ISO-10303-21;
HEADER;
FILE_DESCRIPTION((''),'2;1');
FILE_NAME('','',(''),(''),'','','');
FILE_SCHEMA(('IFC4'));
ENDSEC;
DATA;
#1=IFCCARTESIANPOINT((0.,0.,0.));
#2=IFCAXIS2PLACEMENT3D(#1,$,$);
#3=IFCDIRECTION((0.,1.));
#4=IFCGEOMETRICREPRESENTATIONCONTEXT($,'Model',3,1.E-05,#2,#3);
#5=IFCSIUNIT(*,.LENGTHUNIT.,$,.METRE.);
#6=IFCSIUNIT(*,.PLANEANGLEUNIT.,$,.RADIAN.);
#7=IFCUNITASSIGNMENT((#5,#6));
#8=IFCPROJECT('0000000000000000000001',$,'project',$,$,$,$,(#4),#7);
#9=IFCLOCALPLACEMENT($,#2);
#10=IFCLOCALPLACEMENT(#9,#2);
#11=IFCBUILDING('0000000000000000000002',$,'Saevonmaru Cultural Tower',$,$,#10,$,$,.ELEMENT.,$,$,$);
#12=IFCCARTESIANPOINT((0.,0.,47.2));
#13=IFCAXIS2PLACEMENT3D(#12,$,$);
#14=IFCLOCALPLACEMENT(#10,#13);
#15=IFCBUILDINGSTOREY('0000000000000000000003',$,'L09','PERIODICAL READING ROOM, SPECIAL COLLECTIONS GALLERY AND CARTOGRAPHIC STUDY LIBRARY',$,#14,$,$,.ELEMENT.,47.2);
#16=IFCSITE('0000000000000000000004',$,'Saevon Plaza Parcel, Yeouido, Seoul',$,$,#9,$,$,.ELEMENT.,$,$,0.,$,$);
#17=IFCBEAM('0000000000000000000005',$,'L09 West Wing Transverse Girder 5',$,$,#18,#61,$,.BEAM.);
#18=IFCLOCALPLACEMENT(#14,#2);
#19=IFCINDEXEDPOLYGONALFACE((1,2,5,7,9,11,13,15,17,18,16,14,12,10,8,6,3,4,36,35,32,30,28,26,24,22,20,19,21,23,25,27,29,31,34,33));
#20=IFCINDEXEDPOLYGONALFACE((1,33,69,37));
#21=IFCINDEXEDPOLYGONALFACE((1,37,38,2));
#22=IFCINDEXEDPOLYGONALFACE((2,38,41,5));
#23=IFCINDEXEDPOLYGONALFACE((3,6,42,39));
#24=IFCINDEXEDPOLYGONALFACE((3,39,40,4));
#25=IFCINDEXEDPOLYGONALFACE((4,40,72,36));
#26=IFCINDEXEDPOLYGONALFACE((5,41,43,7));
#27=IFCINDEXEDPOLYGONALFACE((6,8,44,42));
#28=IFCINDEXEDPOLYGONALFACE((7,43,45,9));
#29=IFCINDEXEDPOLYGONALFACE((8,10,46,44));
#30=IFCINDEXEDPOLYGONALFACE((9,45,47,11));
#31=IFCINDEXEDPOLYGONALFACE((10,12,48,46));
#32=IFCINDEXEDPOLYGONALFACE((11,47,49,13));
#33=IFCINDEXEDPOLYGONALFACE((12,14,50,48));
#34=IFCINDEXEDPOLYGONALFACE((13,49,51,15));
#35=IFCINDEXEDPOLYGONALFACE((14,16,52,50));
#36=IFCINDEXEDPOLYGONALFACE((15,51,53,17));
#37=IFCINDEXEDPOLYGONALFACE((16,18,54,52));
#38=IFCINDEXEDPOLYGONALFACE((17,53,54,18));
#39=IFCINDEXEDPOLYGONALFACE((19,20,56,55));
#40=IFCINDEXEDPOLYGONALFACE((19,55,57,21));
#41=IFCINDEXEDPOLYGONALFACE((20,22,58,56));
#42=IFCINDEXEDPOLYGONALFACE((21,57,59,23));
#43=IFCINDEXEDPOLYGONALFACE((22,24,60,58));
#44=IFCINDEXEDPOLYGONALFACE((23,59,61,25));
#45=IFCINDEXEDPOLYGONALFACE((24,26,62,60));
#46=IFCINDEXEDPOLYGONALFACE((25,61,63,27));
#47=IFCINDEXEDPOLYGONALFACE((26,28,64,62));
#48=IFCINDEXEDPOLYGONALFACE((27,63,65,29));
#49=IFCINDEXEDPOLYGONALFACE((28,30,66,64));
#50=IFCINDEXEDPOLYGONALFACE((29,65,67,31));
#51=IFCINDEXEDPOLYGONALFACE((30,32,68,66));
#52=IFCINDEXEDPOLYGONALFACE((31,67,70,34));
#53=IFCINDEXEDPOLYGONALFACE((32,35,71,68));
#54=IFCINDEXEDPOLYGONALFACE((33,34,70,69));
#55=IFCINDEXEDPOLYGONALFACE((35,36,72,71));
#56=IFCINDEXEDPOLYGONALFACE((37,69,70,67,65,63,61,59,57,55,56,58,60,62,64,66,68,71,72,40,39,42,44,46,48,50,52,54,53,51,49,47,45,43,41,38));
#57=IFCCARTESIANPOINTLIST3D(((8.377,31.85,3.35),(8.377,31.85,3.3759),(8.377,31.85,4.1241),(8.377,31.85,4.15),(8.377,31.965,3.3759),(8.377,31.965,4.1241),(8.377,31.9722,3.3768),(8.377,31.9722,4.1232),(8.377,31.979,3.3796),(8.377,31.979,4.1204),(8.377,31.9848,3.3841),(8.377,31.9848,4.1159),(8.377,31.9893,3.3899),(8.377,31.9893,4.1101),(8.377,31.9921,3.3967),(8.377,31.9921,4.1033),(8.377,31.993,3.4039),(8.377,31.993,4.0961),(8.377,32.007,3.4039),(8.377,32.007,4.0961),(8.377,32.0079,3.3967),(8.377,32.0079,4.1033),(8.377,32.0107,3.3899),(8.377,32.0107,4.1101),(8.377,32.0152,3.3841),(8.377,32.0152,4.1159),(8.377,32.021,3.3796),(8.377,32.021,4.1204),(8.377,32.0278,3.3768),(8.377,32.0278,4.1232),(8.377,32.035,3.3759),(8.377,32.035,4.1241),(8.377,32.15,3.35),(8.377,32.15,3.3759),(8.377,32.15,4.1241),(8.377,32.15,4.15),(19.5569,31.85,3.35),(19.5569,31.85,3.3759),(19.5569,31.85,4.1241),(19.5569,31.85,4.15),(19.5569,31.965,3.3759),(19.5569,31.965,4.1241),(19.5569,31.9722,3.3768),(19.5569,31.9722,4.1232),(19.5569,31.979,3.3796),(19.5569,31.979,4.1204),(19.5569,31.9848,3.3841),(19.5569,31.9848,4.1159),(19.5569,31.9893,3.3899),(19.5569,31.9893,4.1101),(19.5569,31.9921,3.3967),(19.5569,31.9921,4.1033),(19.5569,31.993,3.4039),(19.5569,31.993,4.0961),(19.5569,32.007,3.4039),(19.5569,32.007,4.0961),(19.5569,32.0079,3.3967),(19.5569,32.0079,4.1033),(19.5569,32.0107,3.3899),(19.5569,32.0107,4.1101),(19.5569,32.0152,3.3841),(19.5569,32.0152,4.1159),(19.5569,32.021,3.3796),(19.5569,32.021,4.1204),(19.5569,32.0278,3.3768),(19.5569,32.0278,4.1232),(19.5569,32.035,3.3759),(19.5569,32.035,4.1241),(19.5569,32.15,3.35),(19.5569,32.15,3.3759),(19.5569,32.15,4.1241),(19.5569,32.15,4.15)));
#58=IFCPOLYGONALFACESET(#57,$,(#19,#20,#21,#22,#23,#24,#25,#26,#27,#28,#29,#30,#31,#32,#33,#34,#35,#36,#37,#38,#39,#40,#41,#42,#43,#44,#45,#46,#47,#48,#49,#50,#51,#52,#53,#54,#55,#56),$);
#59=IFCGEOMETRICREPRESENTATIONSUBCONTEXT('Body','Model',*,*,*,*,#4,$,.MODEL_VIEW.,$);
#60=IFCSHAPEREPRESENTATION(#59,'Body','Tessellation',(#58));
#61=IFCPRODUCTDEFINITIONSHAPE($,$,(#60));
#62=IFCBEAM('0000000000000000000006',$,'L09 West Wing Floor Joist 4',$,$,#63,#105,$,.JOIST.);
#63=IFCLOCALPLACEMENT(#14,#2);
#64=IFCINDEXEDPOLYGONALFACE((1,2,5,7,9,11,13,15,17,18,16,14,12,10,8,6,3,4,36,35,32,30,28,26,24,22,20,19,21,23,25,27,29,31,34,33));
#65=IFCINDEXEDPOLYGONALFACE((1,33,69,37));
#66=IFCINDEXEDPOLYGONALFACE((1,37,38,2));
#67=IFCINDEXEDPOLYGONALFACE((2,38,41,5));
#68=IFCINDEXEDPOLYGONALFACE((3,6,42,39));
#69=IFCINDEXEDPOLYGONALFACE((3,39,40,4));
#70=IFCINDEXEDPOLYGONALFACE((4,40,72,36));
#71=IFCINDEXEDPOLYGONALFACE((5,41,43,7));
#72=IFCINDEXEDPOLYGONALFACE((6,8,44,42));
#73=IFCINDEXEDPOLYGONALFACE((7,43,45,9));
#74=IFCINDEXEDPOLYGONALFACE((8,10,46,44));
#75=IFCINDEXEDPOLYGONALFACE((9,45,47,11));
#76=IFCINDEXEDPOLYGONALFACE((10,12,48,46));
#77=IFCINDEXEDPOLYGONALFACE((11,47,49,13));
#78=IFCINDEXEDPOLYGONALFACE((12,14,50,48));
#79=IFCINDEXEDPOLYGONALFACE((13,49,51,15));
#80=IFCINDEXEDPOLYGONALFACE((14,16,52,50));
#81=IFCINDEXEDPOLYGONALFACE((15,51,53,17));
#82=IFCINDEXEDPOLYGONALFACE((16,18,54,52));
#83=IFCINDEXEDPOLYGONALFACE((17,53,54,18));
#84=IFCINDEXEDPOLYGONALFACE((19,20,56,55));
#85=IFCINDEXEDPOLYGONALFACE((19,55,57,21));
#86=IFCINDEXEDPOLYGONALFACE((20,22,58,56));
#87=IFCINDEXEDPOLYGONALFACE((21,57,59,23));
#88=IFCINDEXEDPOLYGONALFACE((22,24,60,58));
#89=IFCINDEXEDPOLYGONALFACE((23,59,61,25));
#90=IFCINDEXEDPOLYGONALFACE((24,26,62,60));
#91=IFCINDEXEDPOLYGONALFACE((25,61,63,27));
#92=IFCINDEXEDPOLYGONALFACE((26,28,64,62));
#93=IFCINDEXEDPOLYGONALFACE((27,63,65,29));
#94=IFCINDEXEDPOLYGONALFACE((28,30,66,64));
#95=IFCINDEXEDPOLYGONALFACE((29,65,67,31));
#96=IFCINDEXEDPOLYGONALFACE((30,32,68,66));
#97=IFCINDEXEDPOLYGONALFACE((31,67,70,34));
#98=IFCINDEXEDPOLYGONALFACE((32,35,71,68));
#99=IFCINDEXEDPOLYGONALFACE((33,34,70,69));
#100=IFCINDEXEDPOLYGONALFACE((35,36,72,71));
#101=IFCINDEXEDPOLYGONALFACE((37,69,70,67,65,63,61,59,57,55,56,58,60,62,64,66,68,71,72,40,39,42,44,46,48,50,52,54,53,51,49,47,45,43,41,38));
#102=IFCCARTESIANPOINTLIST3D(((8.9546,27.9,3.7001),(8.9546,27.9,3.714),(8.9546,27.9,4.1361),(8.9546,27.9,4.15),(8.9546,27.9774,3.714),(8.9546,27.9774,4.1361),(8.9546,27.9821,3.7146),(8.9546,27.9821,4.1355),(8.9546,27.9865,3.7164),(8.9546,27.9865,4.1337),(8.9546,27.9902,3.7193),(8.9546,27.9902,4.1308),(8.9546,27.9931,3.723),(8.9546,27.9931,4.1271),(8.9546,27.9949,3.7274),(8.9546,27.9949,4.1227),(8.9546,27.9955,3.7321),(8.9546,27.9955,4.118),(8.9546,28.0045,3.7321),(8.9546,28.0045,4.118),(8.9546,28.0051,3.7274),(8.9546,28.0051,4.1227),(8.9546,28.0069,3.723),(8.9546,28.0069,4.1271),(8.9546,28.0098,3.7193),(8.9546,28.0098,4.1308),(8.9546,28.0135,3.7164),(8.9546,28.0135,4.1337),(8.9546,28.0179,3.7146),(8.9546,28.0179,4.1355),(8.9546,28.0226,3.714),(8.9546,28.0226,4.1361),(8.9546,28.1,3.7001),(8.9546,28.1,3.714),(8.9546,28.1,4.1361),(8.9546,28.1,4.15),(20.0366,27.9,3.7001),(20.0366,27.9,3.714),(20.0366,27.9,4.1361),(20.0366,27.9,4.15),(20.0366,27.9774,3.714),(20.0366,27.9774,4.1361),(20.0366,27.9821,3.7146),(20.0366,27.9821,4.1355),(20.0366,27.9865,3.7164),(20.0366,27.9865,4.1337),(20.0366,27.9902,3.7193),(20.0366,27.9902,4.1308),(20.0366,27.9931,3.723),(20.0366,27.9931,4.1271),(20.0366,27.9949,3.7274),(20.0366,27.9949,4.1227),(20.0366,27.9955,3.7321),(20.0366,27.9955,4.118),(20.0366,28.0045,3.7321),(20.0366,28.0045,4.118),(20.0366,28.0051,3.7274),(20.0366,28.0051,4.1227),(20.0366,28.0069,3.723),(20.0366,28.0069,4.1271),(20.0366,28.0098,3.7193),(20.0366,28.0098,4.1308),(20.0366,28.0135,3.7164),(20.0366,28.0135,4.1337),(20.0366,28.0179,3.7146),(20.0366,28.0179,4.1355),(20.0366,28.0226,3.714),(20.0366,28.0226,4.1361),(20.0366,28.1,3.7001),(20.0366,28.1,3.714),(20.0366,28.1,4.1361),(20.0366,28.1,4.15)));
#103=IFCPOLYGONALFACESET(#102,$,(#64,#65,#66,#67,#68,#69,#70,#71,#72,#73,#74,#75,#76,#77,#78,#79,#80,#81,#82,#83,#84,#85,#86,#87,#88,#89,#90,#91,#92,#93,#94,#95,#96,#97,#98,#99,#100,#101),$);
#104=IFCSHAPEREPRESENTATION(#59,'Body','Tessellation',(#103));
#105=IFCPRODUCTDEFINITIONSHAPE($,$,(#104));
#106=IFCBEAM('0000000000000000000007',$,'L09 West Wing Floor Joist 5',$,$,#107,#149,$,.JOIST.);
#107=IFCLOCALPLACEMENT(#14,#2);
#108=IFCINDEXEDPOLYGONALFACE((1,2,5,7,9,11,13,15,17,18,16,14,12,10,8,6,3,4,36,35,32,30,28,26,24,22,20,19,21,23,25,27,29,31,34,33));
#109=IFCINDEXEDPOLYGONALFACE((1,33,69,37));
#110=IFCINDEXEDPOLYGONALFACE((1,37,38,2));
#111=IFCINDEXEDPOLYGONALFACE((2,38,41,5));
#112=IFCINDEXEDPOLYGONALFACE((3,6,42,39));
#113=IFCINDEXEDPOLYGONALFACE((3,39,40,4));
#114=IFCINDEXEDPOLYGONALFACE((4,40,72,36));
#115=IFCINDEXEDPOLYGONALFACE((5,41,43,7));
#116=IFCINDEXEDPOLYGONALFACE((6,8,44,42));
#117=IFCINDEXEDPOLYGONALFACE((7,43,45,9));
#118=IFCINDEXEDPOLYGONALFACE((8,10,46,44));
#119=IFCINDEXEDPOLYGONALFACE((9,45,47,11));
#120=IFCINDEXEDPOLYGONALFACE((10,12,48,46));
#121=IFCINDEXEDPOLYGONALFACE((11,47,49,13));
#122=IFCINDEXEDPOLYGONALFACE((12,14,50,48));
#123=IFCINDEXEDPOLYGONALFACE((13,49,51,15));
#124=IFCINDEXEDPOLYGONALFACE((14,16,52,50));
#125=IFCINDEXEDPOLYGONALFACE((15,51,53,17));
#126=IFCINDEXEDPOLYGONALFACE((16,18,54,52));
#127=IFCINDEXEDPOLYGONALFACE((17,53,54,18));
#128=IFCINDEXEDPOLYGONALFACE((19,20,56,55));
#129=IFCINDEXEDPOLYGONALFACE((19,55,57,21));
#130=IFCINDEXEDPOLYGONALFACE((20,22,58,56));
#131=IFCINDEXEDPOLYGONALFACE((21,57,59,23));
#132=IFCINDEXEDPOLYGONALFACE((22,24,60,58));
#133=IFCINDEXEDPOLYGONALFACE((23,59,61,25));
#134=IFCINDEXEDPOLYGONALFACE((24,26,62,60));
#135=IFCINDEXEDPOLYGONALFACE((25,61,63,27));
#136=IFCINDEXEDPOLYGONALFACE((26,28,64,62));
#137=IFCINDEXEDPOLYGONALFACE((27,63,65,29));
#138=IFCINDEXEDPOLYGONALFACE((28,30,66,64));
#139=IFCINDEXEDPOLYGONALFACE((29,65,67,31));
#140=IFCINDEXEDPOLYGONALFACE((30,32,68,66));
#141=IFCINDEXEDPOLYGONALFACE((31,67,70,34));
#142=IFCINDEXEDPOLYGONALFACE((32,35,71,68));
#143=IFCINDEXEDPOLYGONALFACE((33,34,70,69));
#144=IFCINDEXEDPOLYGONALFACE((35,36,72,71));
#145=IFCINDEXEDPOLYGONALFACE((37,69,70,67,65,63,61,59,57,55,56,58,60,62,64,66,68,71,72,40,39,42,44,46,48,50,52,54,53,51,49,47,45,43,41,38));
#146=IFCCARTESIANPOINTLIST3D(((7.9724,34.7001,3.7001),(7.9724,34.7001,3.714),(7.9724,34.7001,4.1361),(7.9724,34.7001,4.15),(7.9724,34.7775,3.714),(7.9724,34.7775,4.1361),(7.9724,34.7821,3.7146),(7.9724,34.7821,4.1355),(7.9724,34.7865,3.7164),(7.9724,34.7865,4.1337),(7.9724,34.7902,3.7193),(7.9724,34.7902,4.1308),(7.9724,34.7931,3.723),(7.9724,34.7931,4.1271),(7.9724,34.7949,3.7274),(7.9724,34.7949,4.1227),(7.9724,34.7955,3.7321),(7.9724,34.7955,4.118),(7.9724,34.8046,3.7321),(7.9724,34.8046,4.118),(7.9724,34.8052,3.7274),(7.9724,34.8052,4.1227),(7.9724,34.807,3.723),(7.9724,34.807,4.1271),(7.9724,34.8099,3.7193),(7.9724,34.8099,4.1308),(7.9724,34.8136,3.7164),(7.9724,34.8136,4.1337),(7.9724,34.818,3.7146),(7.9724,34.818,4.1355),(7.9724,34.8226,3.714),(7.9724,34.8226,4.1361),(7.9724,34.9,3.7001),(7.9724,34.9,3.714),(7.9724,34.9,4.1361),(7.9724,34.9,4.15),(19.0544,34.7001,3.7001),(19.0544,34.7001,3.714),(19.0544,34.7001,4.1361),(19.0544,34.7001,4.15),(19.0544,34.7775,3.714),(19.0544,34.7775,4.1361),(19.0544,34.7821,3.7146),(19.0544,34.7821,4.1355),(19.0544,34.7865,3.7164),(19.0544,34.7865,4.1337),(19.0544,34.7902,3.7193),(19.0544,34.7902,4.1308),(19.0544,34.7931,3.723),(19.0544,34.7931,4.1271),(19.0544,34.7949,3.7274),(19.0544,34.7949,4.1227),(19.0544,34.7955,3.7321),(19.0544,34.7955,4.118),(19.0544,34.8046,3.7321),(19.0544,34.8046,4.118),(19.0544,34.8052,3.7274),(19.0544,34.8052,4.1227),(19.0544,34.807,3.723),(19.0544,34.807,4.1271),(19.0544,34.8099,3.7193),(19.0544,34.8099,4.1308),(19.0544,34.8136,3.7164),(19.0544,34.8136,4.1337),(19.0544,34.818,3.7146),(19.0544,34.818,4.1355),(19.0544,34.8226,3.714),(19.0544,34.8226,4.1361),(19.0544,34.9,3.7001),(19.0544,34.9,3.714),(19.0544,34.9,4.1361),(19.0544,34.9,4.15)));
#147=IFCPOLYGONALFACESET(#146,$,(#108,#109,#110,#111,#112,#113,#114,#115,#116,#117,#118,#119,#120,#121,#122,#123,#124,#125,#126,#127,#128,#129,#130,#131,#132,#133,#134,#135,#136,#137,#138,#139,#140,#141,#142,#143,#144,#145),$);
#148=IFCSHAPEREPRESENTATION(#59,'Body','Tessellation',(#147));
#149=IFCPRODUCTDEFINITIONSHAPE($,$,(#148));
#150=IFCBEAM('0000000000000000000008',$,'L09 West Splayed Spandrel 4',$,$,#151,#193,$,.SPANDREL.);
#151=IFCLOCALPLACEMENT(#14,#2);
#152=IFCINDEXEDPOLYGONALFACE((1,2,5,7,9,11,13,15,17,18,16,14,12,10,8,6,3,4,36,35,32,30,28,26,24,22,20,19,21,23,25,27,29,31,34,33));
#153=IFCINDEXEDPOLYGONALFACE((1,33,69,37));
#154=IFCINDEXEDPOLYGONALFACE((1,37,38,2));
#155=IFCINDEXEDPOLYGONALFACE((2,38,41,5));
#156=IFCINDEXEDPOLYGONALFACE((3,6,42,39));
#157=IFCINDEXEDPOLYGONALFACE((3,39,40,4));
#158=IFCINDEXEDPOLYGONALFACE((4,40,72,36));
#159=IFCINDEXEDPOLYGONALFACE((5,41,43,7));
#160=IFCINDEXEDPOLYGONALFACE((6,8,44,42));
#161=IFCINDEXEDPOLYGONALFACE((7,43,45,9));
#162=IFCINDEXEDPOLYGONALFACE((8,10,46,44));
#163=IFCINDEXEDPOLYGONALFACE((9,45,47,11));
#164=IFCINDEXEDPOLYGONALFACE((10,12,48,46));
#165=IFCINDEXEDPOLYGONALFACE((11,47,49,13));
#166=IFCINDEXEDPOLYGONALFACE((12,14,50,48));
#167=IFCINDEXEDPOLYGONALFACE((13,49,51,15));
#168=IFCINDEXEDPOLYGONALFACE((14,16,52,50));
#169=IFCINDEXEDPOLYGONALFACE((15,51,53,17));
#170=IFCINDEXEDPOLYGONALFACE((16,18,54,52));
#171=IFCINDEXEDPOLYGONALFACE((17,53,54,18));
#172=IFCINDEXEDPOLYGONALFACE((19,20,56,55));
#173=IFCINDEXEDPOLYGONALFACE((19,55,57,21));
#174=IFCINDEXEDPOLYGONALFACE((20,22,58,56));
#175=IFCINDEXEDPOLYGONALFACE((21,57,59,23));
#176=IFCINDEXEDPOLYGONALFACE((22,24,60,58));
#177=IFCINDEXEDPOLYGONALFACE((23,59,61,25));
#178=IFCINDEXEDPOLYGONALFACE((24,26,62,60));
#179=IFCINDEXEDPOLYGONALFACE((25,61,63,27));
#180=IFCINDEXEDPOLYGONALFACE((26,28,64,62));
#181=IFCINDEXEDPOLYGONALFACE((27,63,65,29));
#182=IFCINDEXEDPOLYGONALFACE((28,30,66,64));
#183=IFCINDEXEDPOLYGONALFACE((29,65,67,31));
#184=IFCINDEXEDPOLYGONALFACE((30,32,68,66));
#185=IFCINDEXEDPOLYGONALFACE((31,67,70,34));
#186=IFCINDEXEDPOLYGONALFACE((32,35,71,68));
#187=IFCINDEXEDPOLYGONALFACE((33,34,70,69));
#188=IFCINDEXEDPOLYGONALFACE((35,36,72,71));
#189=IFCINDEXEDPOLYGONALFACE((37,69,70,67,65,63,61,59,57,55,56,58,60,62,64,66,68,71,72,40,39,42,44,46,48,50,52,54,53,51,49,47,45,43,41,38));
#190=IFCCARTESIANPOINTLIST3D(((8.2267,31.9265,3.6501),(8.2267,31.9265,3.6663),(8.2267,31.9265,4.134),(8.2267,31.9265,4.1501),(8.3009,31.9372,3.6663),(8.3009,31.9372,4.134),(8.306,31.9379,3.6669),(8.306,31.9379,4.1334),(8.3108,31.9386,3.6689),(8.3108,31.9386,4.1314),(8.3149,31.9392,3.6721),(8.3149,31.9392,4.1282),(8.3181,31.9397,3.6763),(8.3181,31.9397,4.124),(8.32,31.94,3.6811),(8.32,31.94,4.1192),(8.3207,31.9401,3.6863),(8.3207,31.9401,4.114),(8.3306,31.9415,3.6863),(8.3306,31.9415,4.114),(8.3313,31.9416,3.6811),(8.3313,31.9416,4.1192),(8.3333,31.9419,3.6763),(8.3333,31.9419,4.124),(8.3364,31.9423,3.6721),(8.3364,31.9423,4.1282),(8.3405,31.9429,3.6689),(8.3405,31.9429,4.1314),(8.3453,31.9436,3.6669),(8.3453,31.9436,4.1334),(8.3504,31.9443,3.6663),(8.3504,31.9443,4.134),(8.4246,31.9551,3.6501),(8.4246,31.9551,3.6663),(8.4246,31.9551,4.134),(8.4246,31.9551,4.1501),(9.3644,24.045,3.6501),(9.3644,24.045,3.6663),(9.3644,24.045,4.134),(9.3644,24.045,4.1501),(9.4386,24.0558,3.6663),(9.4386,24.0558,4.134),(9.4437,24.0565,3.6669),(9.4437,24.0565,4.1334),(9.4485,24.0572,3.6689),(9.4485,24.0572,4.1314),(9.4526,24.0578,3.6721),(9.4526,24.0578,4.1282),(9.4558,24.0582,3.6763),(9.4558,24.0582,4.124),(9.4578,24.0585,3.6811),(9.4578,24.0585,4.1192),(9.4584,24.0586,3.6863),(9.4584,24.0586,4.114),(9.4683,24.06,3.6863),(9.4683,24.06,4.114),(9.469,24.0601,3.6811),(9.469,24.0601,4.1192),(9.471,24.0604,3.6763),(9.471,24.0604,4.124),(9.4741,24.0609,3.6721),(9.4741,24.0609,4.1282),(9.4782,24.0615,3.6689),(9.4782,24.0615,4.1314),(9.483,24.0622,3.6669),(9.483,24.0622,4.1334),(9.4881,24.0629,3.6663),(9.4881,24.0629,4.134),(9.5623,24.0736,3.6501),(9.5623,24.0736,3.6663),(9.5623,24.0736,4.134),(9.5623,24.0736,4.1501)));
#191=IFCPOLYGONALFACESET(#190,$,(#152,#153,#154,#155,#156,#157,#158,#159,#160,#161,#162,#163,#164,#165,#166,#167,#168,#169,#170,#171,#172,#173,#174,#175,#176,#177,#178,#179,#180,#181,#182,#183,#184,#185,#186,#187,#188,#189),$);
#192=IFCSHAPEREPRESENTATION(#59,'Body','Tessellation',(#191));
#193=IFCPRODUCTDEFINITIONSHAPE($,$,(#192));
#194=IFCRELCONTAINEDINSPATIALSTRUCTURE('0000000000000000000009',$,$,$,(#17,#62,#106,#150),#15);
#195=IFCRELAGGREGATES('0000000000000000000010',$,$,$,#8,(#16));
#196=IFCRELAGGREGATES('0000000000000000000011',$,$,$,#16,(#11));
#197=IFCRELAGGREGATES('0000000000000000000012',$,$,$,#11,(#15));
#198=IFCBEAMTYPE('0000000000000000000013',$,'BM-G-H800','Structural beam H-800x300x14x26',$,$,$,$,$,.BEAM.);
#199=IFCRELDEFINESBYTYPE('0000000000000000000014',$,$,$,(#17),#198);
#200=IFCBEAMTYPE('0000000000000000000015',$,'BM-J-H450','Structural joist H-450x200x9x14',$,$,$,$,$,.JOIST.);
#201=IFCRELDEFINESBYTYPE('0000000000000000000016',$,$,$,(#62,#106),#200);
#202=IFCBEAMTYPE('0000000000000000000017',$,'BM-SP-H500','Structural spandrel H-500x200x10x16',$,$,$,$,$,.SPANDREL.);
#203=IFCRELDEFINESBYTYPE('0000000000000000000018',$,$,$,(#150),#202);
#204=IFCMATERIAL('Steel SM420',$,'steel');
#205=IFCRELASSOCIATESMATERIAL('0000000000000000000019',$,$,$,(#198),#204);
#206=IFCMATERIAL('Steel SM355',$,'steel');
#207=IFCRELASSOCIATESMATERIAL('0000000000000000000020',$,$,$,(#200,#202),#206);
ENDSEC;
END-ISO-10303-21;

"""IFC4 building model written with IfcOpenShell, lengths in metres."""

from ifc_helpers import new_model, si_unit, direction, frame, origin, origin_2d, place, context, subcontext, project, spatial, i_section, extrude, material, material_profile, profile_set, type_object, element, save


model = new_model("IFC4")

# Units and contexts
model_context = context("Model", 3, precision=1e-05, world=origin(), true_north=direction((0.0, 1.0)))
body_context = subcontext(model_context, "Body", "Model", "MODEL_VIEW")
ifc_project = project(units=[si_unit("LENGTHUNIT", "METRE"), si_unit("PLANEANGLEUNIT", "RADIAN")], contexts=[model_context])

# Site, building, storey
site_placement = place(None, origin())
site = spatial("IfcSite", under=ifc_project, at=site_placement, Name="Saevon Plaza Parcel, Yeouido, Seoul", CompositionType="ELEMENT", RefElevation=0.0)
building_placement = place(site_placement, origin())
building = spatial("IfcBuilding", under=site, at=building_placement, Name="Saevonmaru Cultural Tower", CompositionType="ELEMENT")
storey_placement = place(building_placement, frame((0.0, 0.0, 47.2)))
storey = spatial("IfcBuildingStorey", under=building, at=storey_placement, Name="L09", Description="PERIODICAL READING ROOM, SPECIAL COLLECTIONS GALLERY AND CARTOGRAPHIC STUDY LIBRARY", CompositionType="ELEMENT", Elevation=47.2)

# Shared definitions
ifc_material_1 = material(Name="Steel SM420", Category="steel")

# Beams
ifc_material_profile_1 = material_profile(ifc_material_1, i_section(OverallWidth=0.3, OverallDepth=0.8, WebThickness=0.0139, FlangeThickness=0.0259, FilletRadius=0.0281, at=origin_2d()), Name="H-800x300x14x26")
ifc_profile_set_1 = profile_set([ifc_material_profile_1], Name="Steel SM420")
beam_type_1 = type_object("IfcBeamType", Name="BM-G-H800", Description="Structural beam H-800x300x14x26", PredefinedType="BEAM", material=ifc_profile_set_1)
for number, where, z_axis, x_axis, name in (
    (1, (8.377, 32.0, 3.75), (1.0, 0.0, 0.0), (0.0, 1.0, 0.0), "L09 West Wing Transverse Girder 5"),
):
    element("IfcBeam", number, at=place(storey_placement, frame(where, z_axis=z_axis, x_axis=x_axis)), inside=storey, type_object=beam_type_1, Name=name, PredefinedType="BEAM", context=body_context, shape_type="SweptSolid", body=[
        extrude(i_section(OverallWidth=0.3, OverallDepth=0.8, WebThickness=0.0139, FlangeThickness=0.0259, FilletRadius=0.0281, at=origin_2d()), origin(), (0.0, 0.0, 1.0), 11.1799),
    ])
ifc_material_2 = material(Name="Steel SM355", Category="steel")
ifc_material_profile_2 = material_profile(ifc_material_2, i_section(OverallWidth=0.2, OverallDepth=0.45, WebThickness=0.009, FlangeThickness=0.0139, FilletRadius=0.0181, at=origin_2d()), Name="H-450x200x9x14")
ifc_profile_set_2 = profile_set([ifc_material_profile_2], Name="Steel SM355")
beam_type_2 = type_object("IfcBeamType", Name="BM-J-H450", Description="Structural joist H-450x200x9x14", PredefinedType="JOIST", material=ifc_profile_set_2)
for number, where, z_axis, x_axis, name in (
    (2, (8.9546, 28.0, 3.925), (1.0, 0.0, 0.0), (0.0, 1.0, 0.0), "L09 West Wing Floor Joist 4"),
    (3, (7.9724, 34.8, 3.925), (1.0, 0.0, 0.0), (0.0, 1.0, 0.0), "L09 West Wing Floor Joist 5"),
):
    element("IfcBeam", number, at=place(storey_placement, frame(where, z_axis=z_axis, x_axis=x_axis)), inside=storey, type_object=beam_type_2, Name=name, PredefinedType="JOIST", context=body_context, shape_type="SweptSolid", body=[
        extrude(i_section(OverallWidth=0.2, OverallDepth=0.45, WebThickness=0.009, FlangeThickness=0.0139, FilletRadius=0.0181, at=origin_2d()), origin(), (0.0, 0.0, 1.0), 11.082),
    ])
ifc_material_profile_3 = material_profile(ifc_material_2, i_section(OverallWidth=0.2, OverallDepth=0.5, WebThickness=0.01, FlangeThickness=0.0161, FilletRadius=0.02, at=origin_2d()), Name="H-500x200x10x16")
ifc_profile_set_3 = profile_set([ifc_material_profile_3], Name="Steel SM355")
beam_type_3 = type_object("IfcBeamType", Name="BM-SP-H500", Description="Structural spandrel H-500x200x10x16", PredefinedType="SPANDREL", material=ifc_profile_set_3)
beam_1_placement = place(storey_placement, frame((9.4634, 24.0593, 3.9001), z_axis=(-0.142872, 0.989741, 0.0), x_axis=(-0.989741, -0.142872, 0.0)))
element("IfcBeam", 4, at=beam_1_placement, inside=storey, type_object=beam_type_3, Name="L09 West Splayed Spandrel 4", PredefinedType="SPANDREL", context=body_context, shape_type="SweptSolid", body=[
    extrude(i_section(OverallWidth=0.2, OverallDepth=0.5, WebThickness=0.01, FlangeThickness=0.0161, FilletRadius=0.02, at=origin_2d()), origin(), (0.0, 0.0, 1.0), 7.9631),
])

save(model, "model.ifc")
